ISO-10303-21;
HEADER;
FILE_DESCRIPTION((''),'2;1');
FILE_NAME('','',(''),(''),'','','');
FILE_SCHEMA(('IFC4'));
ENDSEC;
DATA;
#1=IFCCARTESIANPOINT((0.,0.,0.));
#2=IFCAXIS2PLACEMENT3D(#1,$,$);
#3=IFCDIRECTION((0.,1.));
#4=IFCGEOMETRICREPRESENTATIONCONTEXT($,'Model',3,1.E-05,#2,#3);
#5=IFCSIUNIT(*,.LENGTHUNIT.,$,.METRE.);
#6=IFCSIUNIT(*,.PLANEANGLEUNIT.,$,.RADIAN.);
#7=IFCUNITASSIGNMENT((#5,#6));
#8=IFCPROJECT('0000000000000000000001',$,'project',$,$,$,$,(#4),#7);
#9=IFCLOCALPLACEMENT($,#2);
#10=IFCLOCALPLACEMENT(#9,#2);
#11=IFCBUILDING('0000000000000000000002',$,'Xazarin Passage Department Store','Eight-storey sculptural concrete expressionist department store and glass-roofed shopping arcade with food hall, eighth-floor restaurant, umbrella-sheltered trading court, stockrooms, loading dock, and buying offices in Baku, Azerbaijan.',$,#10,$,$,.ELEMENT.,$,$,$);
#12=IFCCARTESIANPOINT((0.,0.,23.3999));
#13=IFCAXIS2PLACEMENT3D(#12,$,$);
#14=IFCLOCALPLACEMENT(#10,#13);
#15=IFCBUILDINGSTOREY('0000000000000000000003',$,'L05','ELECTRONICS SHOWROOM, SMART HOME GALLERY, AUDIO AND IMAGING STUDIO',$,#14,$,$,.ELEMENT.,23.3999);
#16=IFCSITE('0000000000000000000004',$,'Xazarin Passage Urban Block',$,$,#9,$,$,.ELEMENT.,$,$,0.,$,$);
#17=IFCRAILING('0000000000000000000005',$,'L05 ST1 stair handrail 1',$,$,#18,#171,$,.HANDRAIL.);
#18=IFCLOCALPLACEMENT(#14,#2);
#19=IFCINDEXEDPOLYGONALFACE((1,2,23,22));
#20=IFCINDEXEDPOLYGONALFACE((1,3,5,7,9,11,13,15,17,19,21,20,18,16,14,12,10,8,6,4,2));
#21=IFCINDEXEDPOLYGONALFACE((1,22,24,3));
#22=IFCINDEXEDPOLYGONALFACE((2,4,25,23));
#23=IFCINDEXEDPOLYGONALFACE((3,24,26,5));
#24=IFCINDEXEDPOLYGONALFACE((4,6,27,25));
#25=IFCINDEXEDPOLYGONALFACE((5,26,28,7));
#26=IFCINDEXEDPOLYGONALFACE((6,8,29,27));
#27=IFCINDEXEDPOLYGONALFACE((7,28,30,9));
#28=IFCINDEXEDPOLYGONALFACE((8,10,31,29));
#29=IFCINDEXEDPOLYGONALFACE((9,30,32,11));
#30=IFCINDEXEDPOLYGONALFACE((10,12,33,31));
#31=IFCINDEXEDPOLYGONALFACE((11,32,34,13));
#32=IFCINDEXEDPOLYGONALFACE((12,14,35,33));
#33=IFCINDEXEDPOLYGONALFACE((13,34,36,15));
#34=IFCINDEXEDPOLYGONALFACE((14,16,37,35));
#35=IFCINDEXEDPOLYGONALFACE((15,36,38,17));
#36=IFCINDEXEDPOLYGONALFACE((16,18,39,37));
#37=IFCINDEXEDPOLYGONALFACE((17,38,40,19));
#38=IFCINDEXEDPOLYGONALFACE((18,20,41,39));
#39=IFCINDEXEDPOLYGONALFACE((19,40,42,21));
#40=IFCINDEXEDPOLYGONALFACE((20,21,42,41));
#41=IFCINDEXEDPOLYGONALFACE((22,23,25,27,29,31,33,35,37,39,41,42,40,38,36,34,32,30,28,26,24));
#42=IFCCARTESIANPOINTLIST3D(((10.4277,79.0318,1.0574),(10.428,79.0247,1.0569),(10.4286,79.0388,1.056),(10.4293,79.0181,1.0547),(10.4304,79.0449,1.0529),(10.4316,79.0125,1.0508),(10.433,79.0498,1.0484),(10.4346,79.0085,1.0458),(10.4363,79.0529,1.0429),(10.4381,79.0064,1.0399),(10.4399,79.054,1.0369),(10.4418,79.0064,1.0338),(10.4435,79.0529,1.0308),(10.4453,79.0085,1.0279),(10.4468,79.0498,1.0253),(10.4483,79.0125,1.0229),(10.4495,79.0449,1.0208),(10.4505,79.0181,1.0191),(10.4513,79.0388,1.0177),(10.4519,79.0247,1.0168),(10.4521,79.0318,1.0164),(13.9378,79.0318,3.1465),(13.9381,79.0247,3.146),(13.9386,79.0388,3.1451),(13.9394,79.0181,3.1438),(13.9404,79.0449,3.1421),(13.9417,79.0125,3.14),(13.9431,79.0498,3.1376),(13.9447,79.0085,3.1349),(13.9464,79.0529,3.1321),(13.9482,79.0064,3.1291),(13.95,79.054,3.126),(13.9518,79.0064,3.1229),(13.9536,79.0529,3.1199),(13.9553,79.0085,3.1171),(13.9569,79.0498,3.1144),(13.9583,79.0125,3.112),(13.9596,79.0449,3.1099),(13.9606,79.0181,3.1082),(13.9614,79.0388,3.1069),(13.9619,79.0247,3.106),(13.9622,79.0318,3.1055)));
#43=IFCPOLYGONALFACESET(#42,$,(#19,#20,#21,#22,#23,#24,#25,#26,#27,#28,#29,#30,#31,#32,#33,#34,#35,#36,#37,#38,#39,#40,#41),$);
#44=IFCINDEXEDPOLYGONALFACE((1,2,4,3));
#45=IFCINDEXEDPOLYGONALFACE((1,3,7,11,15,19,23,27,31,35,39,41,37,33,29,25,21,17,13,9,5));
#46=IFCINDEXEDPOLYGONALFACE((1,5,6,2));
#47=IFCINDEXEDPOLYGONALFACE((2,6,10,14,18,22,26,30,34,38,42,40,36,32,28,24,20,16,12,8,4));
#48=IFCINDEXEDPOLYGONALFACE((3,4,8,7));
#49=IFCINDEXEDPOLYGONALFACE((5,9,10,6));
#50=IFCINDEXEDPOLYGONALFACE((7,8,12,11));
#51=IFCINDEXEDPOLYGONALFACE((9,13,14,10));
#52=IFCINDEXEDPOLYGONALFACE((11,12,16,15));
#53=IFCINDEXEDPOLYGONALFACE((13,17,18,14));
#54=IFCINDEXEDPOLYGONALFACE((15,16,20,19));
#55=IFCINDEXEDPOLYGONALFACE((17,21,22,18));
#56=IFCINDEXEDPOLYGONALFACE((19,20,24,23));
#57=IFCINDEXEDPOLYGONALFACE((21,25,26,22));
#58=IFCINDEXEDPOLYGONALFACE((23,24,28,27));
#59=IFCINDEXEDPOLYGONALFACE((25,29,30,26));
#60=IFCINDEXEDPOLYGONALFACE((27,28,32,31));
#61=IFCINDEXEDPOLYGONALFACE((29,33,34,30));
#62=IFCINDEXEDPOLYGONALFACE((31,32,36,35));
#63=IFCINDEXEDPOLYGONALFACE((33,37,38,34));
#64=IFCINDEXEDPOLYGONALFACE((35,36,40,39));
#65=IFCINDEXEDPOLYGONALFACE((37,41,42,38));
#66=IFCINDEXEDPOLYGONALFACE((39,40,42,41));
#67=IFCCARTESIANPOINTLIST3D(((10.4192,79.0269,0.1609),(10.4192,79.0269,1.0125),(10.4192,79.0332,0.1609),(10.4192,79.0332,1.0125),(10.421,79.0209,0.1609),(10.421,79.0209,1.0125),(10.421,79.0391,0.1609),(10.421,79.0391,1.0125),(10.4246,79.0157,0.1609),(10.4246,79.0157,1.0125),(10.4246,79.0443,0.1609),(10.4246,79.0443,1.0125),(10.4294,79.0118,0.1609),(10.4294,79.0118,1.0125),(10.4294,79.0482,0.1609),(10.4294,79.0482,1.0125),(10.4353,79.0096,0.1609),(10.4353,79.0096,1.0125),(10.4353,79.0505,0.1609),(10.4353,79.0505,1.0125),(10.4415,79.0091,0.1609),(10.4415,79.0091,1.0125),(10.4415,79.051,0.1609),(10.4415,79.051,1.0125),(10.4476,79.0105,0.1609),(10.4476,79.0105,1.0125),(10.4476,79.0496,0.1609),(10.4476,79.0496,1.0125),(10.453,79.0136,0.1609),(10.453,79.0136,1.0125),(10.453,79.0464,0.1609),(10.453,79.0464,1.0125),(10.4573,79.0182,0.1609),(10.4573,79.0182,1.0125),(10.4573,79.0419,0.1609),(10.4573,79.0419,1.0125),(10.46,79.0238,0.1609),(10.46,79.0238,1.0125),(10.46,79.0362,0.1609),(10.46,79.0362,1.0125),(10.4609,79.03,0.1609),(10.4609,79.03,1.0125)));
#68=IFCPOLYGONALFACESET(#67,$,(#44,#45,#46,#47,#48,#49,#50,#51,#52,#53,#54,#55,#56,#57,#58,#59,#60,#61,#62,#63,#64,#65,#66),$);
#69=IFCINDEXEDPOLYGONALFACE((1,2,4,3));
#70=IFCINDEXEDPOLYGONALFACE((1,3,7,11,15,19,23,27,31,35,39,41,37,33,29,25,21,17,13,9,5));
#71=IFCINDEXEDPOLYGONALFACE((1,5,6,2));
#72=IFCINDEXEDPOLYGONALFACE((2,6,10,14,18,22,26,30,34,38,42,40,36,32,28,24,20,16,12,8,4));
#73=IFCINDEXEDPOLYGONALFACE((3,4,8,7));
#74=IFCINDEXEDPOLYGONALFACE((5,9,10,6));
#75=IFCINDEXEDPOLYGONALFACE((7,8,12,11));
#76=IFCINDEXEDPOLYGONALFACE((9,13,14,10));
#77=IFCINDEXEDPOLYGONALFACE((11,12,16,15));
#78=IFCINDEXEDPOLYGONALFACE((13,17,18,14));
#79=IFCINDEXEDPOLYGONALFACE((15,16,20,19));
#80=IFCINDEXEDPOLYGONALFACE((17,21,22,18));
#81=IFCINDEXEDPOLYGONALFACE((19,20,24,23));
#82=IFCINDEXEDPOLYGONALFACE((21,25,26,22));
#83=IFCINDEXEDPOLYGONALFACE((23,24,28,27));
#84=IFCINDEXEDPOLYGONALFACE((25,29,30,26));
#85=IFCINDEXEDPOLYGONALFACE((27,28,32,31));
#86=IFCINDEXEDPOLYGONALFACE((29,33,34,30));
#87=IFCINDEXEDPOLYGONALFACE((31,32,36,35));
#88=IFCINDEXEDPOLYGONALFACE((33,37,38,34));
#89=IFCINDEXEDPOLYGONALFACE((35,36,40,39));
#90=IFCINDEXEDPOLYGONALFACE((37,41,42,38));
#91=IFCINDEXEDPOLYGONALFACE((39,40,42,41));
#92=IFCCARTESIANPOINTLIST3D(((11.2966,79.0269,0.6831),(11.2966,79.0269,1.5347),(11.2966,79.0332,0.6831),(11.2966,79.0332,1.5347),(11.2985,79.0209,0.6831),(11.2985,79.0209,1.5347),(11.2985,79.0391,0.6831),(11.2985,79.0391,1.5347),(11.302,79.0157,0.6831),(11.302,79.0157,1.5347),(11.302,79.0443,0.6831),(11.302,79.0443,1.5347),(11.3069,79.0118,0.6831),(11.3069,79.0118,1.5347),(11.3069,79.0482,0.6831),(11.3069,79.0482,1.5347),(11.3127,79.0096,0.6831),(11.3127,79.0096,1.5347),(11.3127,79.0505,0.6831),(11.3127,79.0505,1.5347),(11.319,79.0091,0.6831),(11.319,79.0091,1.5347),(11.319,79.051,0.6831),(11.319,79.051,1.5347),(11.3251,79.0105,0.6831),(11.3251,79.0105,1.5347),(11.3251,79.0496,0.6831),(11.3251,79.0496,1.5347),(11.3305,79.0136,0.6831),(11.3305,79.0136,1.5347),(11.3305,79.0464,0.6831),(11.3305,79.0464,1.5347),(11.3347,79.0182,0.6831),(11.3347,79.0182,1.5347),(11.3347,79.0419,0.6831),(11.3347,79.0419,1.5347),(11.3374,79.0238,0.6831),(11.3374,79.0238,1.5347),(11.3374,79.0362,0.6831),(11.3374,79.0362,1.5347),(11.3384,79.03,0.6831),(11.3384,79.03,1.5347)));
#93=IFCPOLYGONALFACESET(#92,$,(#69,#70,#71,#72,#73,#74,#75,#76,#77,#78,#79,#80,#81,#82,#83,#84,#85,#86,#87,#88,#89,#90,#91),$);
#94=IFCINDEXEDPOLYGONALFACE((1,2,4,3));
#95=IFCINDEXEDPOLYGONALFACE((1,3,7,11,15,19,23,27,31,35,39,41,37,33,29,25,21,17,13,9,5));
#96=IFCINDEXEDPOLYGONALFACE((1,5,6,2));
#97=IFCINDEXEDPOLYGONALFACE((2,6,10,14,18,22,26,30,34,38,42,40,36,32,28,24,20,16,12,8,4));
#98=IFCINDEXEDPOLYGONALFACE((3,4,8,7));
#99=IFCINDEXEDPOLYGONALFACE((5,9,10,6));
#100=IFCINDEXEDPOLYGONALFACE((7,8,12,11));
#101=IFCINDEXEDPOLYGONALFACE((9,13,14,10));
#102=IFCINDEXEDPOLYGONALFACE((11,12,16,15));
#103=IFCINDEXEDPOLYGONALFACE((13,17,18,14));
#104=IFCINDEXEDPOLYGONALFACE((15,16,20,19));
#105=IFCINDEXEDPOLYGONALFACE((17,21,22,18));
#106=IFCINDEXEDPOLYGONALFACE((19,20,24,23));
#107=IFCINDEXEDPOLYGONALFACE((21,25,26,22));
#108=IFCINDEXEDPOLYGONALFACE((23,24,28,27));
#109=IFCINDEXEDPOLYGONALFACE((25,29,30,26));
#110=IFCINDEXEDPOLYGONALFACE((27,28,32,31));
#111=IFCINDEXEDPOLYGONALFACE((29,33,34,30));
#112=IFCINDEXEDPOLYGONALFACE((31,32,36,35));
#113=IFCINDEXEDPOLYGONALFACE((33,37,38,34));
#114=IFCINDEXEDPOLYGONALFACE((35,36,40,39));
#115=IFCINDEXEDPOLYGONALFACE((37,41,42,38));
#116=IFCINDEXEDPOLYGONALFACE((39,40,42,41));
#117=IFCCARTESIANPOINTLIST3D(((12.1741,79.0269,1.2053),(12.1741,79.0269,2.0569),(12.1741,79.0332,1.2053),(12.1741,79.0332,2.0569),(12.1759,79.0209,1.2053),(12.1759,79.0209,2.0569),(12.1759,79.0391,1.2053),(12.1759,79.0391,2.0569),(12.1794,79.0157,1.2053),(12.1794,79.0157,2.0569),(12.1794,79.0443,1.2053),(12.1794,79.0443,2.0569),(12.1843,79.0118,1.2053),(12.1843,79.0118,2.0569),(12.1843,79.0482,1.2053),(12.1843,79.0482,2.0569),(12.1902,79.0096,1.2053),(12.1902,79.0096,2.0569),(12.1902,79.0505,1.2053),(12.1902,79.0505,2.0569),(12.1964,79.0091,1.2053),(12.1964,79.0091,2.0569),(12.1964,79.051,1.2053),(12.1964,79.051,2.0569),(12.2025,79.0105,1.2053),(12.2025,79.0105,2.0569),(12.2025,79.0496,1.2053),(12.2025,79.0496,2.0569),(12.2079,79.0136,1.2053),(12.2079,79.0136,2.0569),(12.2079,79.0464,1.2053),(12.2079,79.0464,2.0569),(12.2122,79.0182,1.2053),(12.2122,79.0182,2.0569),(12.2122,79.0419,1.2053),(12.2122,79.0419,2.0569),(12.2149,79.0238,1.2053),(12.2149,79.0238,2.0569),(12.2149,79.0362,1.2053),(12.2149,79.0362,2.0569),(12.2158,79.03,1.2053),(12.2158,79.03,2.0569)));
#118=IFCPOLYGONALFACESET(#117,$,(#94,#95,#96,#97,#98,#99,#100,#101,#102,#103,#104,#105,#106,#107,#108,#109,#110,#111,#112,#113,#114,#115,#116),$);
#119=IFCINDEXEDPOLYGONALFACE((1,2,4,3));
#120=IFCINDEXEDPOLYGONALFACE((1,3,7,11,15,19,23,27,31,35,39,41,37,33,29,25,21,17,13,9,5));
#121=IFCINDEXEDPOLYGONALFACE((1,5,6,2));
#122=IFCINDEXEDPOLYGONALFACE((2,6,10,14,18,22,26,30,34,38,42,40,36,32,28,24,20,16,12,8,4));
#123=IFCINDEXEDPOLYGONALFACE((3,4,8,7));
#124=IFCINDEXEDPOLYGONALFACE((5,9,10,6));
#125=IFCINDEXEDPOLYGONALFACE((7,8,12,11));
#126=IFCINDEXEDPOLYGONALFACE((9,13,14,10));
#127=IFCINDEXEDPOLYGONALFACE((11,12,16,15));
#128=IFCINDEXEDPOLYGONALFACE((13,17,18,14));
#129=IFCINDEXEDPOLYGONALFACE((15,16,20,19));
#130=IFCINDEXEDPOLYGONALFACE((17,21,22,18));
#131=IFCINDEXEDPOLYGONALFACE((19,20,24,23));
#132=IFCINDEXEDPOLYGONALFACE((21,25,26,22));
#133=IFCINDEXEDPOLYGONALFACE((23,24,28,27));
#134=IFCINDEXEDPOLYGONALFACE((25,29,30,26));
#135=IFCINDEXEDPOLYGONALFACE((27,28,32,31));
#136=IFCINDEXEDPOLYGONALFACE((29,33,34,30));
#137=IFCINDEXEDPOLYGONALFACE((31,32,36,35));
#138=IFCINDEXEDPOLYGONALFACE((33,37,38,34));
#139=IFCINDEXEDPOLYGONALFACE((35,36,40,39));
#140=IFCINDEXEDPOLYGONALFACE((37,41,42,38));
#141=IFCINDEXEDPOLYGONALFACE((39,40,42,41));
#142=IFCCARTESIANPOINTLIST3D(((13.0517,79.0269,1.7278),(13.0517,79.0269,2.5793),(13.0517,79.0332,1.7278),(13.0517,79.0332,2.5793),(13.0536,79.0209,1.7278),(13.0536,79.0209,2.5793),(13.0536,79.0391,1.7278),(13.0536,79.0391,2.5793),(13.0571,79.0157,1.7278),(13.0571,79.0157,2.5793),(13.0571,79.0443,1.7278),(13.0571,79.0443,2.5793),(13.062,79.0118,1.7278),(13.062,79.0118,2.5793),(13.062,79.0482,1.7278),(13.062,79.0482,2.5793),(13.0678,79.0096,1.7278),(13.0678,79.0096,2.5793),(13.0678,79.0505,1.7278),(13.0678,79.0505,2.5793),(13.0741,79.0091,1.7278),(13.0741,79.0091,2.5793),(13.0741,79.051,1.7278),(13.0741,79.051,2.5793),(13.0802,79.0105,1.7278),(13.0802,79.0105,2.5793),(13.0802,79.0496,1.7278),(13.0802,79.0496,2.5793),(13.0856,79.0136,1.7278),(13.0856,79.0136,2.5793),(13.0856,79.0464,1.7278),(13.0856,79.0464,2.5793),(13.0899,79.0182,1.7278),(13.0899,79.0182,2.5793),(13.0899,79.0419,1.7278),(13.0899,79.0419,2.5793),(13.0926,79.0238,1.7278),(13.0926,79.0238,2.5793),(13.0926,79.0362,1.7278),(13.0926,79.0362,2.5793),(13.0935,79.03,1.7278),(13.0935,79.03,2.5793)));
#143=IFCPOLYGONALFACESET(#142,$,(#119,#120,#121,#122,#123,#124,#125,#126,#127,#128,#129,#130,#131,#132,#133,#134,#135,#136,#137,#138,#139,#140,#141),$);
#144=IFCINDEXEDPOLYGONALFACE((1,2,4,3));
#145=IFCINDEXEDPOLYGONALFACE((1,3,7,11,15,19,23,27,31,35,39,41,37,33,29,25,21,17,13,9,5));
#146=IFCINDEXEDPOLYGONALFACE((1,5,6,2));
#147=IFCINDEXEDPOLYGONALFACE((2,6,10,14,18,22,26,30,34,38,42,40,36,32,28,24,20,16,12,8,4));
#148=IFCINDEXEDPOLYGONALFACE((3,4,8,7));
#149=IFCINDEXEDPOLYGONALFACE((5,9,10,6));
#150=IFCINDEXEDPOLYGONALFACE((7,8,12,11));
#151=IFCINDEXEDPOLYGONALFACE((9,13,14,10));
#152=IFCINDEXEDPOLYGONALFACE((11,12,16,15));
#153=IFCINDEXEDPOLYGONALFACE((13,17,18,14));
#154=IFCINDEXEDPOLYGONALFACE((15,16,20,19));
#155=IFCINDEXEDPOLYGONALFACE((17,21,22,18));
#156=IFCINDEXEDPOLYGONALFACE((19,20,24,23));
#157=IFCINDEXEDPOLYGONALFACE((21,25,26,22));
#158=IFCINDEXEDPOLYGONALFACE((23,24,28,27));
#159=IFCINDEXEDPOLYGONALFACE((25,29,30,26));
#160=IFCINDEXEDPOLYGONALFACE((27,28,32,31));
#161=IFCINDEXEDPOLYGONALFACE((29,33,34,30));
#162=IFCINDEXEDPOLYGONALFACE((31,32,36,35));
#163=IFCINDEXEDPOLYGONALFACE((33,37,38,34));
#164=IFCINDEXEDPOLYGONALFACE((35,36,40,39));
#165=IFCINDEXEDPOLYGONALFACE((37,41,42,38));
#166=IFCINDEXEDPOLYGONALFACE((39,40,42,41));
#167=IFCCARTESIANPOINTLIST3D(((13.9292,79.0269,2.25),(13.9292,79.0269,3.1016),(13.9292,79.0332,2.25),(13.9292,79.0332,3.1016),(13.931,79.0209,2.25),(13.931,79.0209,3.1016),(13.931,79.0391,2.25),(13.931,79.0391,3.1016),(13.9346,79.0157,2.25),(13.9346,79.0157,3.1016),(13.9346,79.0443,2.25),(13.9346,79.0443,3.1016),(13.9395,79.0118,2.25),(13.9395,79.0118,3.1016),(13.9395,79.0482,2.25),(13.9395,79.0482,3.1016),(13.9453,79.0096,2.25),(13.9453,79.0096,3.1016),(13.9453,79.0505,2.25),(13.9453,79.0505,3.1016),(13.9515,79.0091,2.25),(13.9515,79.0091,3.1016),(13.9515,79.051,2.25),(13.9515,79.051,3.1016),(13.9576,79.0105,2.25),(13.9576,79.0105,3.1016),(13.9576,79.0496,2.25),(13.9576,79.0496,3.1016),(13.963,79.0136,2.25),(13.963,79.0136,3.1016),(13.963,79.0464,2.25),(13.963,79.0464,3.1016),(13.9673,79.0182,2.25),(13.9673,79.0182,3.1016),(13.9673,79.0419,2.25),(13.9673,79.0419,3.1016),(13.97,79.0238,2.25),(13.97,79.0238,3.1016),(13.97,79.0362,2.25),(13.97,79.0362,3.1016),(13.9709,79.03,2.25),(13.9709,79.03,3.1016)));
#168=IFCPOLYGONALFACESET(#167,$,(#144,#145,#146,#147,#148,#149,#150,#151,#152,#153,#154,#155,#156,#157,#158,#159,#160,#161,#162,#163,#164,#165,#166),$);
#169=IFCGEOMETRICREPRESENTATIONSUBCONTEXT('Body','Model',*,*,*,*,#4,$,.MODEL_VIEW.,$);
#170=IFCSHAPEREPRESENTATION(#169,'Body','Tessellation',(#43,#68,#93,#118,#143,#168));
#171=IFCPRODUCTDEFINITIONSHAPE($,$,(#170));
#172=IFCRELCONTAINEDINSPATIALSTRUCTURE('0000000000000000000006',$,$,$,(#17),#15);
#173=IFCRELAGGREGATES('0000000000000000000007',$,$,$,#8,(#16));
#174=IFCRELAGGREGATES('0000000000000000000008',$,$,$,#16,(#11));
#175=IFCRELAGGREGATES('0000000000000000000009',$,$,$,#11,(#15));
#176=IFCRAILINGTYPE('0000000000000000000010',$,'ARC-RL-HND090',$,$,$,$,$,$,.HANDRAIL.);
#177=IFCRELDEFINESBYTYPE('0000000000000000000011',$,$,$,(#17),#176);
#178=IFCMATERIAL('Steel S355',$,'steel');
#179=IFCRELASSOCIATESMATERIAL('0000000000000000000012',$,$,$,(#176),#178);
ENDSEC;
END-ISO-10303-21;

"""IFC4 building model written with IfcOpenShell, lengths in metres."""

from ifc_helpers import new_model, si_unit, direction, frame, origin, origin_2d, place, context, subcontext, project, spatial, circle, extrude, material, type_object, element, save


model = new_model("IFC4")

# Units and contexts
model_context = context("Model", 3, precision=1e-05, world=origin(), true_north=direction((0.0, 1.0)))
body_context = subcontext(model_context, "Body", "Model", "MODEL_VIEW")
ifc_project = project(units=[si_unit("LENGTHUNIT", "METRE"), si_unit("PLANEANGLEUNIT", "RADIAN")], contexts=[model_context])

# Site, building, storey
site_placement = place(None, origin())
site = spatial("IfcSite", under=ifc_project, at=site_placement, Name="Xazarin Passage Urban Block", CompositionType="ELEMENT", RefElevation=0.0)
building_placement = place(site_placement, origin())
building = spatial("IfcBuilding", under=site, at=building_placement, Name="Xazarin Passage Department Store", Description="Eight-storey sculptural concrete expressionist department store and glass-roofed shopping arcade with food hall, eighth-floor restaurant, umbrella-sheltered trading court, stockrooms, loading dock, and buying offices in Baku, Azerbaijan.", CompositionType="ELEMENT")
storey_placement = place(building_placement, frame((0.0, 0.0, 23.3999)))
storey = spatial("IfcBuildingStorey", under=building, at=storey_placement, Name="L05", Description="ELECTRONICS SHOWROOM, SMART HOME GALLERY, AUDIO AND IMAGING STUDIO", CompositionType="ELEMENT", Elevation=23.3999)

# Shared definitions
ifc_material_1 = material(Name="Steel S355", Category="steel")

# Railing
railing_type_1 = type_object("IfcRailingType", Name="ARC-RL-HND090", PredefinedType="HANDRAIL", material=ifc_material_1)
railing_1_placement = place(storey_placement, frame((10.4399, 79.03, 0.1609)))
element("IfcRailing", 1, at=railing_1_placement, inside=storey, type_object=railing_type_1, Name="L05 ST1 stair handrail 1", PredefinedType="HANDRAIL", context=body_context, shape_type="SweptSolid", body=[
    extrude(circle(Radius=0.0239, at=origin_2d()), frame((0.0, 0.0, 0.876), z_axis=(0.859312, 0.0, 0.511451), x_axis=(0.0, 1.0, 0.0)), (0.0, 0.0, 1.0), 4.0847),
    extrude(circle(Radius=0.021, at=origin_2d()), origin(), (0.0, 0.0, 1.0), 0.8516),
    extrude(circle(Radius=0.021, at=origin_2d()), frame((0.8774, 0.0, 0.5222)), (0.0, 0.0, 1.0), 0.8516),
    extrude(circle(Radius=0.021, at=origin_2d()), frame((1.7549, 0.0, 1.0444)), (0.0, 0.0, 1.0), 0.8516),
    extrude(circle(Radius=0.021, at=origin_2d()), frame((2.6326, 0.0, 1.5669)), (0.0, 0.0, 1.0), 0.8516),
    extrude(circle(Radius=0.021, at=origin_2d()), frame((3.51, 0.0, 2.0891)), (0.0, 0.0, 1.0), 0.8516),
])

save(model, "model.ifc")
